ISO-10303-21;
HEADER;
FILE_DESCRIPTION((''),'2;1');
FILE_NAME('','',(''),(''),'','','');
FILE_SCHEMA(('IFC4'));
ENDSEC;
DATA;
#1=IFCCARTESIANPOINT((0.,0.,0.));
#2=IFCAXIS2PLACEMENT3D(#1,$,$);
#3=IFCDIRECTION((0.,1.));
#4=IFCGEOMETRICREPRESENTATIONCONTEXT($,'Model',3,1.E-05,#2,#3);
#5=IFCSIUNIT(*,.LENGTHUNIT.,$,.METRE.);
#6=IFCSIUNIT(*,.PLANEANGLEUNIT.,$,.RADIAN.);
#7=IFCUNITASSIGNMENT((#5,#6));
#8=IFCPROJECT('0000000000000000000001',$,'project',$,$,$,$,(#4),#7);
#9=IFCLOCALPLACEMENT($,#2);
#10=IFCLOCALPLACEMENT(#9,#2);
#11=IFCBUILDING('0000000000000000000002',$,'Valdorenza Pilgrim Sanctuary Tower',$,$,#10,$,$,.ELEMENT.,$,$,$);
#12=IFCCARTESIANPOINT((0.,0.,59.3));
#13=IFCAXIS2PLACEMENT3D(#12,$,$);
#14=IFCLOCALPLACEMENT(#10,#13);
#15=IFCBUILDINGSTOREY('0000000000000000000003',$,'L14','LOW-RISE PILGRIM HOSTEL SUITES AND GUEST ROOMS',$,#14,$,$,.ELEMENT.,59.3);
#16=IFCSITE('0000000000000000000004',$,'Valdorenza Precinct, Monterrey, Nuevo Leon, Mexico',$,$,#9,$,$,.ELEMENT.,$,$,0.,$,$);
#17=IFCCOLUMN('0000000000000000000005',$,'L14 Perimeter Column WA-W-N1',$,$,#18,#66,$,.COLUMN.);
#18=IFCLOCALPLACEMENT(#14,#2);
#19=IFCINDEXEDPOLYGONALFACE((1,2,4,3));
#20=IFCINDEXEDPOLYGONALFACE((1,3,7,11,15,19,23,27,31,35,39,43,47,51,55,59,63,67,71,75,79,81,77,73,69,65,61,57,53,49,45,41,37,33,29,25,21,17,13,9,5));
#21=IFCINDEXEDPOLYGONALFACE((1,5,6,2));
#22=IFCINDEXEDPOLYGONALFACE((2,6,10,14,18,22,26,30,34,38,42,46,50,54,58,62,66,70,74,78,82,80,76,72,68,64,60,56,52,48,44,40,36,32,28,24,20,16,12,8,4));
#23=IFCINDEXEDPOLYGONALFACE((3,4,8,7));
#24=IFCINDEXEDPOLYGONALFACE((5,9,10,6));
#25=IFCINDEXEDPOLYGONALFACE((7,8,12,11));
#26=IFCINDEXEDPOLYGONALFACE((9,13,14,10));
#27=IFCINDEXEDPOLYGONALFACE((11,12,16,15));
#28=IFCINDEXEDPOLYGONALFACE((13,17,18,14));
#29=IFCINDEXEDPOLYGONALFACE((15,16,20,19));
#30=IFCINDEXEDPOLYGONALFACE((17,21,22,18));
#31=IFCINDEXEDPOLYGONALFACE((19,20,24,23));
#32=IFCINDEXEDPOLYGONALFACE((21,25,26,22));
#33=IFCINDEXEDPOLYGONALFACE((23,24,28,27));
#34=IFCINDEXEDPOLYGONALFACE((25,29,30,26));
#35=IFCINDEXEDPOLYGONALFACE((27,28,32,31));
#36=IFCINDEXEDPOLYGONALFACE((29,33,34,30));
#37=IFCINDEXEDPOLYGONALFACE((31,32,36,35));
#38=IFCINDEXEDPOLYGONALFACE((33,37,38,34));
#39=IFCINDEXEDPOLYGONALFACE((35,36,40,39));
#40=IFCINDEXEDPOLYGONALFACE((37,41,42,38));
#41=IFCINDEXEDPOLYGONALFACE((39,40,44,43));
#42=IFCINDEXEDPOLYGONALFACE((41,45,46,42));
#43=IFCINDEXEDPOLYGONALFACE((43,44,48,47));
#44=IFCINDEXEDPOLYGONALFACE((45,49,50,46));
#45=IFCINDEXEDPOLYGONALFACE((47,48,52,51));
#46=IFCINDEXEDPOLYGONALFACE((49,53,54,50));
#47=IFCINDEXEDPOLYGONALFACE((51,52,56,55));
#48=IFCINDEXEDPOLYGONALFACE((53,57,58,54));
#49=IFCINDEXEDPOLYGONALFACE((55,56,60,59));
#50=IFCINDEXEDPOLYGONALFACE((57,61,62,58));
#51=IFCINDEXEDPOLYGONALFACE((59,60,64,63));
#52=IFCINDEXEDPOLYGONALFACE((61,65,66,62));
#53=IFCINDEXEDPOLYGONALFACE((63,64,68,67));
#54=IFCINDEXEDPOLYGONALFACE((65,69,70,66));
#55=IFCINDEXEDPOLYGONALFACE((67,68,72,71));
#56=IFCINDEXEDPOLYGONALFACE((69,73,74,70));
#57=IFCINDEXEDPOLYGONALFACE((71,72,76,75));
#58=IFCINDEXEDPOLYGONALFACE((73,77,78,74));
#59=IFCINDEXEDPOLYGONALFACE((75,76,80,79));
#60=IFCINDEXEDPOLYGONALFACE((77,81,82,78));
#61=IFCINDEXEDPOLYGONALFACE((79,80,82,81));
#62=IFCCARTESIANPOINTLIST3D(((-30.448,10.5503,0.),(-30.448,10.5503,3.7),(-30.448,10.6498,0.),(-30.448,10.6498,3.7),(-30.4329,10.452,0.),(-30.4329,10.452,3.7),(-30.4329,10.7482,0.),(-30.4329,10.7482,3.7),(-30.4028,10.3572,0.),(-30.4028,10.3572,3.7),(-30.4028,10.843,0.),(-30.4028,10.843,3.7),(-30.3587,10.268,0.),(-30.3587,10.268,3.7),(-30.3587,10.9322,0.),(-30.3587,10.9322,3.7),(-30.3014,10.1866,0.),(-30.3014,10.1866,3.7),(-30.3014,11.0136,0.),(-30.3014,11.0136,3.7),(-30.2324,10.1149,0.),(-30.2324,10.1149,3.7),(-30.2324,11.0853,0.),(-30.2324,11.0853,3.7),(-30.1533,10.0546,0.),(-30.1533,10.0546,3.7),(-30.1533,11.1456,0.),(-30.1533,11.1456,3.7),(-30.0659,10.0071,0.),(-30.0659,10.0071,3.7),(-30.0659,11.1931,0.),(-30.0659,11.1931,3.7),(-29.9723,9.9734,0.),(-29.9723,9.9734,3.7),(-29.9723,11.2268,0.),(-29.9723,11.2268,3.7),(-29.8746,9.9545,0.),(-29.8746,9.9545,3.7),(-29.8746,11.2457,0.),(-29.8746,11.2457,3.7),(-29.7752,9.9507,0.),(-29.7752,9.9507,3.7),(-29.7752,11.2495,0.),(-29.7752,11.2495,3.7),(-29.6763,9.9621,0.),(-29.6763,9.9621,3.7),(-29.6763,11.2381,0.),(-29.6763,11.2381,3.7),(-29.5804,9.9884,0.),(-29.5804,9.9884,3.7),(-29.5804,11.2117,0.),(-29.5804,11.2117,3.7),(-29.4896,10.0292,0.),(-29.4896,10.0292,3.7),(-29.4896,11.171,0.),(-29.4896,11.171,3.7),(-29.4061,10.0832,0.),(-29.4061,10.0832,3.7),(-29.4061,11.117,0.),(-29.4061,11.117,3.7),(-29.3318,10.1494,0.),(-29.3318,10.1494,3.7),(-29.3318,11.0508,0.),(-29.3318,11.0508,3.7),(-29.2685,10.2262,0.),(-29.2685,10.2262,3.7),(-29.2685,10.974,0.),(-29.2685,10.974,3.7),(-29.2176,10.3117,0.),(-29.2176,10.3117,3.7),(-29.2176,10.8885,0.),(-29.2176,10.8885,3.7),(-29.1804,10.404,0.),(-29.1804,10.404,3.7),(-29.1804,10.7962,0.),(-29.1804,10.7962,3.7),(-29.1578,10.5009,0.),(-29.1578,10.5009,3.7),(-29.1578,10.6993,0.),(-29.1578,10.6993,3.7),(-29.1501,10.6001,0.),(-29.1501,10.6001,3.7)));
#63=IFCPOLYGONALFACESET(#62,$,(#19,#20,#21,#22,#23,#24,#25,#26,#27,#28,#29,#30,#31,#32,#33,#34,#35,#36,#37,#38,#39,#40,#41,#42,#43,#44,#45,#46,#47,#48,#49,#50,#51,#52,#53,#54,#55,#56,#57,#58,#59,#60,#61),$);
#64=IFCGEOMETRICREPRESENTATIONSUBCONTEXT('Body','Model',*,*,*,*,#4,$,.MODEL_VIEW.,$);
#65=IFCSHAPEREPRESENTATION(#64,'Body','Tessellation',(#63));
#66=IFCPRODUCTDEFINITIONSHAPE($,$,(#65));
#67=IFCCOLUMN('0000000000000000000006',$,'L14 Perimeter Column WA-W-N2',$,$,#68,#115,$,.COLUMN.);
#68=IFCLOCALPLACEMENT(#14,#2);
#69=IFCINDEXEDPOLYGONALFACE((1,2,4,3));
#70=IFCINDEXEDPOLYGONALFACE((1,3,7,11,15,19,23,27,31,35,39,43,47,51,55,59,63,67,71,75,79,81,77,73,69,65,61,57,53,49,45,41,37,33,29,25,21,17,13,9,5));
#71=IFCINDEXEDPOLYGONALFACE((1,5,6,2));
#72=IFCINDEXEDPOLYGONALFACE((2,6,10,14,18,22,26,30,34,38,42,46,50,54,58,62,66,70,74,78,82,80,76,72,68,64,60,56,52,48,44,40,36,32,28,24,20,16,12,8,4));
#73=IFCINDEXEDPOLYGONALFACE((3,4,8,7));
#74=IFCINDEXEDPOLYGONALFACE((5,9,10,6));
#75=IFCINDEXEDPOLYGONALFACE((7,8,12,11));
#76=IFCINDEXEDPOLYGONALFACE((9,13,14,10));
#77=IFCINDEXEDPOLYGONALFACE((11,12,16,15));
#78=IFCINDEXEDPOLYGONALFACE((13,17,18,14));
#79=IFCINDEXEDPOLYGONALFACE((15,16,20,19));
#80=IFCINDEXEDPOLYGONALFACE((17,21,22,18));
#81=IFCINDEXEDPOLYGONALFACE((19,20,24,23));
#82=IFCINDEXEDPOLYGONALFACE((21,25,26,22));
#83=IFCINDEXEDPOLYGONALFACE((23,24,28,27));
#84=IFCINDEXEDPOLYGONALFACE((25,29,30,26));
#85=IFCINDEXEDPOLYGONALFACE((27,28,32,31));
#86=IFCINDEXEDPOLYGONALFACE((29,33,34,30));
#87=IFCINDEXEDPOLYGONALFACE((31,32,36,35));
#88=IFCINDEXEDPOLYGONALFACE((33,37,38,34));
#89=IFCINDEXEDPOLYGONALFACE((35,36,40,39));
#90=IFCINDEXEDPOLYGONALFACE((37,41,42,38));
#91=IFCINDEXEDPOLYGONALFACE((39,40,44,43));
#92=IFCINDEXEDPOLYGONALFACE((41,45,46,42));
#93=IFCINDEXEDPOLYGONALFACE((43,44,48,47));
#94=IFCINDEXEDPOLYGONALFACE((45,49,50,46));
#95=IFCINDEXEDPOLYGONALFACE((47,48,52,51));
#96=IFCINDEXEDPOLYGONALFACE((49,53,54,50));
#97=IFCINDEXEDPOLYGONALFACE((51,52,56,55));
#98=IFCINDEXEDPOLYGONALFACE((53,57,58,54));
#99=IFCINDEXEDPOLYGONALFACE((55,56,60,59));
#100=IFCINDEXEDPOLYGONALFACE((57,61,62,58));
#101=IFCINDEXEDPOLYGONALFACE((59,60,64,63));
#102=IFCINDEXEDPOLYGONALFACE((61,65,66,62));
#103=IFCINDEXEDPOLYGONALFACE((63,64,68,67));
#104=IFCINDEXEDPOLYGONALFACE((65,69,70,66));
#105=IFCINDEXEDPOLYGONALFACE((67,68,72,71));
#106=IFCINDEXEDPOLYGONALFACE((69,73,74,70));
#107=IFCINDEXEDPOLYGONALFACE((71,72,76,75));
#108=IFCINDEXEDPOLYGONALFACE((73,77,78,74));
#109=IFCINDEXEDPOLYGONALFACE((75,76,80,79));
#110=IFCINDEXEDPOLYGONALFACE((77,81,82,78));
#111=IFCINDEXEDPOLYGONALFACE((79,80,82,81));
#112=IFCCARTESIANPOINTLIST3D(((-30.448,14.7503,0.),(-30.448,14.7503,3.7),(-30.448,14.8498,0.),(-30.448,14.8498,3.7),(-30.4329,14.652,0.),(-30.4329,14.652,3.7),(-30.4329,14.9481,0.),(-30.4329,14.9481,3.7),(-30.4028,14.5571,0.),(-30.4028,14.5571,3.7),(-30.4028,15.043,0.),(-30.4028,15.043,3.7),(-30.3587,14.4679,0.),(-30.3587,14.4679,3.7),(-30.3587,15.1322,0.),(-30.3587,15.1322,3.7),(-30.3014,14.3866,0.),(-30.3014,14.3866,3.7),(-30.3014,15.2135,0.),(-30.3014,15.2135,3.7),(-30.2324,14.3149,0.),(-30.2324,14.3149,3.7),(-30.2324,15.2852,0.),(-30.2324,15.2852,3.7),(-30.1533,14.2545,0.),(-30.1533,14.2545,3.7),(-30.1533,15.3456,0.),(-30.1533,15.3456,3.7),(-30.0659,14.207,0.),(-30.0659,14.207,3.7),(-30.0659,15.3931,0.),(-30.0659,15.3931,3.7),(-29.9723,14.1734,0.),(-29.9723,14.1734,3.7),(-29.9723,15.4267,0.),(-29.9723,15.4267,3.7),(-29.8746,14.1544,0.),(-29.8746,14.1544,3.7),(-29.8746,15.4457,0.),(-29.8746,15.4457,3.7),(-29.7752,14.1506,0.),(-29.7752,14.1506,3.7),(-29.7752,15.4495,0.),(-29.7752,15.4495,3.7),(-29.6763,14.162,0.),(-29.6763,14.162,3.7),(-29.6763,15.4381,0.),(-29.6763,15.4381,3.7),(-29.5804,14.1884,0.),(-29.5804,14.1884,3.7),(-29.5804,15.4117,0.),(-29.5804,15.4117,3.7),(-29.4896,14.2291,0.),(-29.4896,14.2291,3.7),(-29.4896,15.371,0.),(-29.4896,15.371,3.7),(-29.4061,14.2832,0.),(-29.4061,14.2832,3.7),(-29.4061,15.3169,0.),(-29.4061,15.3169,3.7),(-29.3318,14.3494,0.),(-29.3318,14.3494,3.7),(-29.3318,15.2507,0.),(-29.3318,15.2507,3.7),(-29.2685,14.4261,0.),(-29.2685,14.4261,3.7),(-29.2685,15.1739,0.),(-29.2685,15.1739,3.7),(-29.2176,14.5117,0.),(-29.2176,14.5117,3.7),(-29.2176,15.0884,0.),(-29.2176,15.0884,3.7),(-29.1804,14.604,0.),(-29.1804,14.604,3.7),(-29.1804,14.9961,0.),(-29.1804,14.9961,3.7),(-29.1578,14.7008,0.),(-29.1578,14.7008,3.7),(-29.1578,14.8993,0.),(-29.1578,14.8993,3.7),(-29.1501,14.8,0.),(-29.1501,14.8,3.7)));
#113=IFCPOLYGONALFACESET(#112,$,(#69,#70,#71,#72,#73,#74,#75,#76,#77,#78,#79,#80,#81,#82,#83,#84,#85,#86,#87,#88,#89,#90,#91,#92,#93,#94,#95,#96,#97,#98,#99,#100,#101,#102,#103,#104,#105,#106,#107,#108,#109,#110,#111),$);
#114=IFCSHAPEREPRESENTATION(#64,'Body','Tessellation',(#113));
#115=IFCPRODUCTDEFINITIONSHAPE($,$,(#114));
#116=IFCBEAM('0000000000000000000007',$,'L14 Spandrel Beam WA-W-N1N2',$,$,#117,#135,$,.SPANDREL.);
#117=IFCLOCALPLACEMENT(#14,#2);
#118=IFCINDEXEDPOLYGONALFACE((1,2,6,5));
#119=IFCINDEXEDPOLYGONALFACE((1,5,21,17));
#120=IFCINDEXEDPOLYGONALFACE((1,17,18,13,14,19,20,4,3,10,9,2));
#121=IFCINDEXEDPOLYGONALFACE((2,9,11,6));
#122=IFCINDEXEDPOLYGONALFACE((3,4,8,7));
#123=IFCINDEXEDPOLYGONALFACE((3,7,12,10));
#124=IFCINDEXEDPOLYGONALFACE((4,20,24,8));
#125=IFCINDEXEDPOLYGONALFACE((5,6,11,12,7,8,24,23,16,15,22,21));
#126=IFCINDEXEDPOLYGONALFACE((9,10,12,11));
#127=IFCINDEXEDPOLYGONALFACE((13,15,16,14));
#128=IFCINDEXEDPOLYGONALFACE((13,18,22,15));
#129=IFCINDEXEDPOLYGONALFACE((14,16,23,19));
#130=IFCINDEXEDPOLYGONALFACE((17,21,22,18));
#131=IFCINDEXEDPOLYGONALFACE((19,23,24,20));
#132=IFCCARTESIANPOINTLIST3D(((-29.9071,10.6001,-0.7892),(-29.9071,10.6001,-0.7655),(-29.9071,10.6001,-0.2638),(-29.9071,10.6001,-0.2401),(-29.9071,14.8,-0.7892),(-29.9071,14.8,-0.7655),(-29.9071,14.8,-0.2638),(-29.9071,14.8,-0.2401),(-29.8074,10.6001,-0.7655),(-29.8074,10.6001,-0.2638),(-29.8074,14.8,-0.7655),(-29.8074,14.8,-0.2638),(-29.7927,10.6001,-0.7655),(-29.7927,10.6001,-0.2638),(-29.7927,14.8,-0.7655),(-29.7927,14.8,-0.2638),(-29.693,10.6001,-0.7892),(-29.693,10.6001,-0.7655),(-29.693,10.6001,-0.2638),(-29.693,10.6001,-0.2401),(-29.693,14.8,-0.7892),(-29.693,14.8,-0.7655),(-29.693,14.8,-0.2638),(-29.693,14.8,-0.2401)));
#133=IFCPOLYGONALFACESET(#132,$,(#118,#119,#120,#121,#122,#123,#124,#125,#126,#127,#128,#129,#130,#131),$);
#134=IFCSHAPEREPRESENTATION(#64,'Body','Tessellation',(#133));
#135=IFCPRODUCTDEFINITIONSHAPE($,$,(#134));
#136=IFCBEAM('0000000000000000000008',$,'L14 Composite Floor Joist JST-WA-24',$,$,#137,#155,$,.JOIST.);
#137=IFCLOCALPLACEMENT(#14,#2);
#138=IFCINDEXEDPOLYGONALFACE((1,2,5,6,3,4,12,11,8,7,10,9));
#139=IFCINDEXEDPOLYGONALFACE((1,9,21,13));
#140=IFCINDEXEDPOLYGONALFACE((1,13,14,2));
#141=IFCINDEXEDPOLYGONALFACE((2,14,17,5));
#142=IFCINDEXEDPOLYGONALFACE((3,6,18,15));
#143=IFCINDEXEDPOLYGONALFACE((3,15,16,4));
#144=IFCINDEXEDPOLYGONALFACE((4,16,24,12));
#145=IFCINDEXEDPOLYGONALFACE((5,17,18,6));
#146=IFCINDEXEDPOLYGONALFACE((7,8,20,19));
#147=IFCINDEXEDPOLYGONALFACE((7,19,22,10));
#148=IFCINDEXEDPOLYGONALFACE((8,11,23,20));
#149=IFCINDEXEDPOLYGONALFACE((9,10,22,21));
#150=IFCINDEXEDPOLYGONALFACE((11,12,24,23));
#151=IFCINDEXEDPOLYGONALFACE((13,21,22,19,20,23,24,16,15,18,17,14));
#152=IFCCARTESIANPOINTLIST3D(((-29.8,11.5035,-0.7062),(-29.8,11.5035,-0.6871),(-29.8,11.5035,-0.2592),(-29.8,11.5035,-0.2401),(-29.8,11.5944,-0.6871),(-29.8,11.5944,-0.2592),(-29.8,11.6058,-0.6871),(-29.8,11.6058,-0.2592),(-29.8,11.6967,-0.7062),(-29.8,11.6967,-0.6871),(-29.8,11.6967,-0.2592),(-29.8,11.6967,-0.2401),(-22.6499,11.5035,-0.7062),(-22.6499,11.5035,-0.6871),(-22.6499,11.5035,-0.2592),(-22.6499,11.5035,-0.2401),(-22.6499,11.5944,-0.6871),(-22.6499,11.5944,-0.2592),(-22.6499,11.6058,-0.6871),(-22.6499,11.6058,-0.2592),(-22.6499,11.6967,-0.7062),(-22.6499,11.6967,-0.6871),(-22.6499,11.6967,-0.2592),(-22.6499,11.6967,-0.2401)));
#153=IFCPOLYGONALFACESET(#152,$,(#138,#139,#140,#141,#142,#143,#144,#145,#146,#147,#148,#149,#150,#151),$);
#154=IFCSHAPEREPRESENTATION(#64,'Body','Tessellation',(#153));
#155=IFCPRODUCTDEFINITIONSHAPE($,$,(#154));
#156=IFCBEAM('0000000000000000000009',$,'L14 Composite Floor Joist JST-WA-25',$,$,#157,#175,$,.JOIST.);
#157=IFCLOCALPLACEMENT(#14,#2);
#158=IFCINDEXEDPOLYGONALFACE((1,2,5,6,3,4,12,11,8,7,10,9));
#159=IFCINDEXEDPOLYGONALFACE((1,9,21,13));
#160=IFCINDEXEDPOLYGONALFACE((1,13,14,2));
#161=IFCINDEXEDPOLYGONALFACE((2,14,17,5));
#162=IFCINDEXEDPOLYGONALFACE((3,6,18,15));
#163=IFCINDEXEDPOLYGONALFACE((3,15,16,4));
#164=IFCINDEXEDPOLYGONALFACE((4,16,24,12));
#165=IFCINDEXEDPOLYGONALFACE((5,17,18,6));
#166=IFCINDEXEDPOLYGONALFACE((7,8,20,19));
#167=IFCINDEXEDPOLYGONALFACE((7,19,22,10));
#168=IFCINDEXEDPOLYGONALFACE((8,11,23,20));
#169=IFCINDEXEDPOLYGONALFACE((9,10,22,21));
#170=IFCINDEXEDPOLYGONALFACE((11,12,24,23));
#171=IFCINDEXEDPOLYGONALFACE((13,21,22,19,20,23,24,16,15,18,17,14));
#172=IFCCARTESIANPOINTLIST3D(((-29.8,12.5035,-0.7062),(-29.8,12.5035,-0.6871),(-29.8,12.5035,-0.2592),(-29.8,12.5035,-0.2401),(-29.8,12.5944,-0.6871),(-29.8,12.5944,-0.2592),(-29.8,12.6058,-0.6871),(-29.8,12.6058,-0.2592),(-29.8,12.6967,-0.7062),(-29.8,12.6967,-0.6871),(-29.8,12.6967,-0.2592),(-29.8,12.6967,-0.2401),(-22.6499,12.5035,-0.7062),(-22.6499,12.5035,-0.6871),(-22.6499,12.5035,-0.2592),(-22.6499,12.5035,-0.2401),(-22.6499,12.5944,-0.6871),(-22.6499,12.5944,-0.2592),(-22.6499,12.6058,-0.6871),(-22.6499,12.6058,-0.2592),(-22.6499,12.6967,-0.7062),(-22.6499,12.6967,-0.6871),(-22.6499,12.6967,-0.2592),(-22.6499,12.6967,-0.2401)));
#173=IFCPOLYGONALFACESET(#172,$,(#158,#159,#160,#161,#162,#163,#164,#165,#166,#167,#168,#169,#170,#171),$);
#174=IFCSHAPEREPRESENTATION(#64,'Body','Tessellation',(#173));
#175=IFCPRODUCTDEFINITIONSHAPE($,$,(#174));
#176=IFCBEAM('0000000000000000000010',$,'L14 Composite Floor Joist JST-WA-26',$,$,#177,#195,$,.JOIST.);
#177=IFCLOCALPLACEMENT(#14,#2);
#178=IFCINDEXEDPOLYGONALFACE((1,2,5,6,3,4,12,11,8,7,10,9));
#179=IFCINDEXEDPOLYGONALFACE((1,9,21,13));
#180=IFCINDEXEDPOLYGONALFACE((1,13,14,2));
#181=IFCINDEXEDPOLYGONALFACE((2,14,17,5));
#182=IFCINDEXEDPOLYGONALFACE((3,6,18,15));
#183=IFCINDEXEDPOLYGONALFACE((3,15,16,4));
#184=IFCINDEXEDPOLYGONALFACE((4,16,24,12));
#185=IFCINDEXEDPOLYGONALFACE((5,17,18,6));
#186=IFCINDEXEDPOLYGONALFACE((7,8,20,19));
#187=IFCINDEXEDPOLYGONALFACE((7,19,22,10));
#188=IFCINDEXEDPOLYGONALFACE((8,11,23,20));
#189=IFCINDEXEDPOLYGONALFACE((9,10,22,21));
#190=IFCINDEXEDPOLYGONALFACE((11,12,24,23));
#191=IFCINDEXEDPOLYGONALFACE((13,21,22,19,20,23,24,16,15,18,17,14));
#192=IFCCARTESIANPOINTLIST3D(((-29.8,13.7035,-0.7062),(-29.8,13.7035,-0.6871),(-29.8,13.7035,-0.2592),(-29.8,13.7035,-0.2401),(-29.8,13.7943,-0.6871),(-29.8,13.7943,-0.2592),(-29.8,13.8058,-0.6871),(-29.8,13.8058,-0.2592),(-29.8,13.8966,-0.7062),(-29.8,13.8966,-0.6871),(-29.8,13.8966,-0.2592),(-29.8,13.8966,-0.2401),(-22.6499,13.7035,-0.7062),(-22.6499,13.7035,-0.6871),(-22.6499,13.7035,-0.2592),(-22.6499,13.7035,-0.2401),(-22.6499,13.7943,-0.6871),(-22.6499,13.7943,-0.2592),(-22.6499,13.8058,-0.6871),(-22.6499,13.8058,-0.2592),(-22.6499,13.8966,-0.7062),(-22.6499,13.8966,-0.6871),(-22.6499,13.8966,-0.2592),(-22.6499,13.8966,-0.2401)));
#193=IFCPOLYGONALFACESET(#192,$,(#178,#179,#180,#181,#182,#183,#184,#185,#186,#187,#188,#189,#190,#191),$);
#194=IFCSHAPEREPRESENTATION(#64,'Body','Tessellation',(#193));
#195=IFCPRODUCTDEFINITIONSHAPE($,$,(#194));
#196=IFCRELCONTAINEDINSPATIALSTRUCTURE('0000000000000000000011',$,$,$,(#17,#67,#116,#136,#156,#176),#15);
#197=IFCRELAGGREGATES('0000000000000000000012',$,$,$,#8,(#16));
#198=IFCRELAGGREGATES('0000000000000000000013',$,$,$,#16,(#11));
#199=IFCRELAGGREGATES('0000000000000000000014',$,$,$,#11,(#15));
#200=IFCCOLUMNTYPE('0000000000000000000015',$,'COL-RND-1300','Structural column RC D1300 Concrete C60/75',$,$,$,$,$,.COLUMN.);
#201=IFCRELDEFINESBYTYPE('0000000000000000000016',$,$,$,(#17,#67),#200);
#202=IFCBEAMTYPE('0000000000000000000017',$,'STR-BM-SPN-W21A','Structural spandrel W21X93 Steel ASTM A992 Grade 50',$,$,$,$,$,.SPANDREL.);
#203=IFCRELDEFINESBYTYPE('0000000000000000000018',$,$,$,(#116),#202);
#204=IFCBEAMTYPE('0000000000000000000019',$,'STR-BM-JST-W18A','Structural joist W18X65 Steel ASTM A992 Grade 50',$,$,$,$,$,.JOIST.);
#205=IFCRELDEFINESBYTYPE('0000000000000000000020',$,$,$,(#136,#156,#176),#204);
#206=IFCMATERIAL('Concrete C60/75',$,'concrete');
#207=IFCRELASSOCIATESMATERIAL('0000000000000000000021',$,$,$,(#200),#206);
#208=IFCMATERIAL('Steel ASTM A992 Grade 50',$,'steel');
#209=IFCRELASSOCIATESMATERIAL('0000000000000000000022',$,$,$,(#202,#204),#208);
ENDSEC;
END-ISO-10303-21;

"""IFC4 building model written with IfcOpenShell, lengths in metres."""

from ifc_helpers import new_model, si_unit, direction, frame, origin, origin_2d, place, context, subcontext, project, spatial, circle, i_section, extrude, source, transform, mapped, material, material_profile, profile_set, type_object, element, save


model = new_model("IFC4")

# Units and contexts
model_context = context("Model", 3, precision=1e-05, world=origin(), true_north=direction((0.0, 1.0)))
body_context = subcontext(model_context, "Body", "Model", "MODEL_VIEW")
ifc_project = project(units=[si_unit("LENGTHUNIT", "METRE"), si_unit("PLANEANGLEUNIT", "RADIAN")], contexts=[model_context])

# Site, building, storey
site_placement = place(None, origin())
site = spatial("IfcSite", under=ifc_project, at=site_placement, Name="Valdorenza Precinct, Monterrey, Nuevo Leon, Mexico", CompositionType="ELEMENT", RefElevation=0.0)
building_placement = place(site_placement, origin())
building = spatial("IfcBuilding", under=site, at=building_placement, Name="Valdorenza Pilgrim Sanctuary Tower", CompositionType="ELEMENT")
storey_placement = place(building_placement, frame((0.0, 0.0, 59.3)))
storey = spatial("IfcBuildingStorey", under=building, at=storey_placement, Name="L14", Description="LOW-RISE PILGRIM HOSTEL SUITES AND GUEST ROOMS", CompositionType="ELEMENT", Elevation=59.3)

# Columns
ifc_material_1 = material(Name="Concrete C60/75", Category="concrete")
ifc_material_profile_1 = material_profile(ifc_material_1, circle(Radius=0.6499, at=origin_2d()), Name="RC D1300")
ifc_profile_set_1 = profile_set([ifc_material_profile_1], Name="Concrete C60/75")
column_type = type_object("IfcColumnType", Name="COL-RND-1300", Description="Structural column RC D1300 Concrete C60/75", PredefinedType="COLUMN", material=ifc_profile_set_1)
shared_shape_1 = source(origin(), body_context, "Body", "SweptSolid", [
    extrude(circle(Radius=0.6499, at=origin_2d()), origin(), (0.0, 0.0, 1.0), 3.7),
])
for number, where, z_axis, x_axis, name in (
    (1, (-29.8, 10.6001, 0.0), (0.0, 0.0, 1.0), (1.0, 0.0, 0.0), "L14 Perimeter Column WA-W-N1"),
    (2, (-29.8, 14.8, 0.0), (0.0, 0.0, 1.0), (1.0, 0.0, 0.0), "L14 Perimeter Column WA-W-N2"),
):
    element("IfcColumn", number, at=place(storey_placement, frame(where, z_axis=z_axis, x_axis=x_axis)), inside=storey, type_object=column_type, Name=name, PredefinedType="COLUMN", context=body_context, shape_type="MappedRepresentation", body=[
        mapped(shared_shape_1, transform((0.0, 0.0, 0.0), x_axis=(1.0, 0.0, 0.0), y_axis=(0.0, 1.0, 0.0), z_axis=(0.0, 0.0, 1.0), scale=1.0)),
    ])

# Beams
ifc_material_2 = material(Name="Steel ASTM A992 Grade 50", Category="steel")
ifc_material_profile_2 = material_profile(ifc_material_2, i_section(OverallWidth=0.2141, OverallDepth=0.5491, WebThickness=0.0146, FlangeThickness=0.0237, at=origin_2d()), Name="W21X93")
ifc_profile_set_2 = profile_set([ifc_material_profile_2], Name="Steel ASTM A992 Grade 50")
beam_type_1 = type_object("IfcBeamType", Name="STR-BM-SPN-W21A", Description="Structural spandrel W21X93 Steel ASTM A992 Grade 50", PredefinedType="SPANDREL", material=ifc_profile_set_2)
shared_shape_2 = source(origin(), body_context, "Body", "SweptSolid", [
    extrude(i_section(OverallWidth=0.2141, OverallDepth=0.5491, WebThickness=0.0146, FlangeThickness=0.0237, at=origin_2d()), origin(), (0.0, 0.0, 1.0), 4.2),
])
beam_placement = place(storey_placement, frame((-29.8, 10.6001, -0.5146), z_axis=(0.0, 1.0, 0.0), x_axis=(-1.0, 0.0, 0.0)))
element("IfcBeam", 3, at=beam_placement, inside=storey, type_object=beam_type_1, Name="L14 Spandrel Beam WA-W-N1N2", PredefinedType="SPANDREL", context=body_context, shape_type="MappedRepresentation", body=[
    mapped(shared_shape_2, transform((0.0, 0.0, 0.0), x_axis=(1.0, 0.0, 0.0), y_axis=(0.0, 1.0, 0.0), z_axis=(0.0, 0.0, 1.0), scale=1.0)),
])
ifc_material_profile_3 = material_profile(ifc_material_2, i_section(OverallWidth=0.1931, OverallDepth=0.4661, WebThickness=0.0115, FlangeThickness=0.019, at=origin_2d()), Name="W18X65")
ifc_profile_set_3 = profile_set([ifc_material_profile_3], Name="Steel ASTM A992 Grade 50")
beam_type_2 = type_object("IfcBeamType", Name="STR-BM-JST-W18A", Description="Structural joist W18X65 Steel ASTM A992 Grade 50", PredefinedType="JOIST", material=ifc_profile_set_3)
shared_shape_3 = source(origin(), body_context, "Body", "SweptSolid", [
    extrude(i_section(OverallWidth=0.1931, OverallDepth=0.4661, WebThickness=0.0115, FlangeThickness=0.019, at=origin_2d()), origin(), (0.0, 0.0, 1.0), 7.1501),
])
for number, where, z_axis, x_axis, name in (
    (4, (-29.8, 11.6001, -0.4731), (1.0, 0.0, 0.0), (0.0, 1.0, 0.0), "L14 Composite Floor Joist JST-WA-24"),
    (5, (-29.8, 12.6001, -0.4731), (1.0, 0.0, 0.0), (0.0, 1.0, 0.0), "L14 Composite Floor Joist JST-WA-25"),
    (6, (-29.8, 13.8, -0.4731), (1.0, 0.0, 0.0), (0.0, 1.0, 0.0), "L14 Composite Floor Joist JST-WA-26"),
):
    element("IfcBeam", number, at=place(storey_placement, frame(where, z_axis=z_axis, x_axis=x_axis)), inside=storey, type_object=beam_type_2, Name=name, PredefinedType="JOIST", context=body_context, shape_type="MappedRepresentation", body=[
        mapped(shared_shape_3, transform((0.0, 0.0, 0.0), x_axis=(1.0, 0.0, 0.0), y_axis=(0.0, 1.0, 0.0), z_axis=(0.0, 0.0, 1.0), scale=1.0)),
    ])

save(model, "model.ifc")
